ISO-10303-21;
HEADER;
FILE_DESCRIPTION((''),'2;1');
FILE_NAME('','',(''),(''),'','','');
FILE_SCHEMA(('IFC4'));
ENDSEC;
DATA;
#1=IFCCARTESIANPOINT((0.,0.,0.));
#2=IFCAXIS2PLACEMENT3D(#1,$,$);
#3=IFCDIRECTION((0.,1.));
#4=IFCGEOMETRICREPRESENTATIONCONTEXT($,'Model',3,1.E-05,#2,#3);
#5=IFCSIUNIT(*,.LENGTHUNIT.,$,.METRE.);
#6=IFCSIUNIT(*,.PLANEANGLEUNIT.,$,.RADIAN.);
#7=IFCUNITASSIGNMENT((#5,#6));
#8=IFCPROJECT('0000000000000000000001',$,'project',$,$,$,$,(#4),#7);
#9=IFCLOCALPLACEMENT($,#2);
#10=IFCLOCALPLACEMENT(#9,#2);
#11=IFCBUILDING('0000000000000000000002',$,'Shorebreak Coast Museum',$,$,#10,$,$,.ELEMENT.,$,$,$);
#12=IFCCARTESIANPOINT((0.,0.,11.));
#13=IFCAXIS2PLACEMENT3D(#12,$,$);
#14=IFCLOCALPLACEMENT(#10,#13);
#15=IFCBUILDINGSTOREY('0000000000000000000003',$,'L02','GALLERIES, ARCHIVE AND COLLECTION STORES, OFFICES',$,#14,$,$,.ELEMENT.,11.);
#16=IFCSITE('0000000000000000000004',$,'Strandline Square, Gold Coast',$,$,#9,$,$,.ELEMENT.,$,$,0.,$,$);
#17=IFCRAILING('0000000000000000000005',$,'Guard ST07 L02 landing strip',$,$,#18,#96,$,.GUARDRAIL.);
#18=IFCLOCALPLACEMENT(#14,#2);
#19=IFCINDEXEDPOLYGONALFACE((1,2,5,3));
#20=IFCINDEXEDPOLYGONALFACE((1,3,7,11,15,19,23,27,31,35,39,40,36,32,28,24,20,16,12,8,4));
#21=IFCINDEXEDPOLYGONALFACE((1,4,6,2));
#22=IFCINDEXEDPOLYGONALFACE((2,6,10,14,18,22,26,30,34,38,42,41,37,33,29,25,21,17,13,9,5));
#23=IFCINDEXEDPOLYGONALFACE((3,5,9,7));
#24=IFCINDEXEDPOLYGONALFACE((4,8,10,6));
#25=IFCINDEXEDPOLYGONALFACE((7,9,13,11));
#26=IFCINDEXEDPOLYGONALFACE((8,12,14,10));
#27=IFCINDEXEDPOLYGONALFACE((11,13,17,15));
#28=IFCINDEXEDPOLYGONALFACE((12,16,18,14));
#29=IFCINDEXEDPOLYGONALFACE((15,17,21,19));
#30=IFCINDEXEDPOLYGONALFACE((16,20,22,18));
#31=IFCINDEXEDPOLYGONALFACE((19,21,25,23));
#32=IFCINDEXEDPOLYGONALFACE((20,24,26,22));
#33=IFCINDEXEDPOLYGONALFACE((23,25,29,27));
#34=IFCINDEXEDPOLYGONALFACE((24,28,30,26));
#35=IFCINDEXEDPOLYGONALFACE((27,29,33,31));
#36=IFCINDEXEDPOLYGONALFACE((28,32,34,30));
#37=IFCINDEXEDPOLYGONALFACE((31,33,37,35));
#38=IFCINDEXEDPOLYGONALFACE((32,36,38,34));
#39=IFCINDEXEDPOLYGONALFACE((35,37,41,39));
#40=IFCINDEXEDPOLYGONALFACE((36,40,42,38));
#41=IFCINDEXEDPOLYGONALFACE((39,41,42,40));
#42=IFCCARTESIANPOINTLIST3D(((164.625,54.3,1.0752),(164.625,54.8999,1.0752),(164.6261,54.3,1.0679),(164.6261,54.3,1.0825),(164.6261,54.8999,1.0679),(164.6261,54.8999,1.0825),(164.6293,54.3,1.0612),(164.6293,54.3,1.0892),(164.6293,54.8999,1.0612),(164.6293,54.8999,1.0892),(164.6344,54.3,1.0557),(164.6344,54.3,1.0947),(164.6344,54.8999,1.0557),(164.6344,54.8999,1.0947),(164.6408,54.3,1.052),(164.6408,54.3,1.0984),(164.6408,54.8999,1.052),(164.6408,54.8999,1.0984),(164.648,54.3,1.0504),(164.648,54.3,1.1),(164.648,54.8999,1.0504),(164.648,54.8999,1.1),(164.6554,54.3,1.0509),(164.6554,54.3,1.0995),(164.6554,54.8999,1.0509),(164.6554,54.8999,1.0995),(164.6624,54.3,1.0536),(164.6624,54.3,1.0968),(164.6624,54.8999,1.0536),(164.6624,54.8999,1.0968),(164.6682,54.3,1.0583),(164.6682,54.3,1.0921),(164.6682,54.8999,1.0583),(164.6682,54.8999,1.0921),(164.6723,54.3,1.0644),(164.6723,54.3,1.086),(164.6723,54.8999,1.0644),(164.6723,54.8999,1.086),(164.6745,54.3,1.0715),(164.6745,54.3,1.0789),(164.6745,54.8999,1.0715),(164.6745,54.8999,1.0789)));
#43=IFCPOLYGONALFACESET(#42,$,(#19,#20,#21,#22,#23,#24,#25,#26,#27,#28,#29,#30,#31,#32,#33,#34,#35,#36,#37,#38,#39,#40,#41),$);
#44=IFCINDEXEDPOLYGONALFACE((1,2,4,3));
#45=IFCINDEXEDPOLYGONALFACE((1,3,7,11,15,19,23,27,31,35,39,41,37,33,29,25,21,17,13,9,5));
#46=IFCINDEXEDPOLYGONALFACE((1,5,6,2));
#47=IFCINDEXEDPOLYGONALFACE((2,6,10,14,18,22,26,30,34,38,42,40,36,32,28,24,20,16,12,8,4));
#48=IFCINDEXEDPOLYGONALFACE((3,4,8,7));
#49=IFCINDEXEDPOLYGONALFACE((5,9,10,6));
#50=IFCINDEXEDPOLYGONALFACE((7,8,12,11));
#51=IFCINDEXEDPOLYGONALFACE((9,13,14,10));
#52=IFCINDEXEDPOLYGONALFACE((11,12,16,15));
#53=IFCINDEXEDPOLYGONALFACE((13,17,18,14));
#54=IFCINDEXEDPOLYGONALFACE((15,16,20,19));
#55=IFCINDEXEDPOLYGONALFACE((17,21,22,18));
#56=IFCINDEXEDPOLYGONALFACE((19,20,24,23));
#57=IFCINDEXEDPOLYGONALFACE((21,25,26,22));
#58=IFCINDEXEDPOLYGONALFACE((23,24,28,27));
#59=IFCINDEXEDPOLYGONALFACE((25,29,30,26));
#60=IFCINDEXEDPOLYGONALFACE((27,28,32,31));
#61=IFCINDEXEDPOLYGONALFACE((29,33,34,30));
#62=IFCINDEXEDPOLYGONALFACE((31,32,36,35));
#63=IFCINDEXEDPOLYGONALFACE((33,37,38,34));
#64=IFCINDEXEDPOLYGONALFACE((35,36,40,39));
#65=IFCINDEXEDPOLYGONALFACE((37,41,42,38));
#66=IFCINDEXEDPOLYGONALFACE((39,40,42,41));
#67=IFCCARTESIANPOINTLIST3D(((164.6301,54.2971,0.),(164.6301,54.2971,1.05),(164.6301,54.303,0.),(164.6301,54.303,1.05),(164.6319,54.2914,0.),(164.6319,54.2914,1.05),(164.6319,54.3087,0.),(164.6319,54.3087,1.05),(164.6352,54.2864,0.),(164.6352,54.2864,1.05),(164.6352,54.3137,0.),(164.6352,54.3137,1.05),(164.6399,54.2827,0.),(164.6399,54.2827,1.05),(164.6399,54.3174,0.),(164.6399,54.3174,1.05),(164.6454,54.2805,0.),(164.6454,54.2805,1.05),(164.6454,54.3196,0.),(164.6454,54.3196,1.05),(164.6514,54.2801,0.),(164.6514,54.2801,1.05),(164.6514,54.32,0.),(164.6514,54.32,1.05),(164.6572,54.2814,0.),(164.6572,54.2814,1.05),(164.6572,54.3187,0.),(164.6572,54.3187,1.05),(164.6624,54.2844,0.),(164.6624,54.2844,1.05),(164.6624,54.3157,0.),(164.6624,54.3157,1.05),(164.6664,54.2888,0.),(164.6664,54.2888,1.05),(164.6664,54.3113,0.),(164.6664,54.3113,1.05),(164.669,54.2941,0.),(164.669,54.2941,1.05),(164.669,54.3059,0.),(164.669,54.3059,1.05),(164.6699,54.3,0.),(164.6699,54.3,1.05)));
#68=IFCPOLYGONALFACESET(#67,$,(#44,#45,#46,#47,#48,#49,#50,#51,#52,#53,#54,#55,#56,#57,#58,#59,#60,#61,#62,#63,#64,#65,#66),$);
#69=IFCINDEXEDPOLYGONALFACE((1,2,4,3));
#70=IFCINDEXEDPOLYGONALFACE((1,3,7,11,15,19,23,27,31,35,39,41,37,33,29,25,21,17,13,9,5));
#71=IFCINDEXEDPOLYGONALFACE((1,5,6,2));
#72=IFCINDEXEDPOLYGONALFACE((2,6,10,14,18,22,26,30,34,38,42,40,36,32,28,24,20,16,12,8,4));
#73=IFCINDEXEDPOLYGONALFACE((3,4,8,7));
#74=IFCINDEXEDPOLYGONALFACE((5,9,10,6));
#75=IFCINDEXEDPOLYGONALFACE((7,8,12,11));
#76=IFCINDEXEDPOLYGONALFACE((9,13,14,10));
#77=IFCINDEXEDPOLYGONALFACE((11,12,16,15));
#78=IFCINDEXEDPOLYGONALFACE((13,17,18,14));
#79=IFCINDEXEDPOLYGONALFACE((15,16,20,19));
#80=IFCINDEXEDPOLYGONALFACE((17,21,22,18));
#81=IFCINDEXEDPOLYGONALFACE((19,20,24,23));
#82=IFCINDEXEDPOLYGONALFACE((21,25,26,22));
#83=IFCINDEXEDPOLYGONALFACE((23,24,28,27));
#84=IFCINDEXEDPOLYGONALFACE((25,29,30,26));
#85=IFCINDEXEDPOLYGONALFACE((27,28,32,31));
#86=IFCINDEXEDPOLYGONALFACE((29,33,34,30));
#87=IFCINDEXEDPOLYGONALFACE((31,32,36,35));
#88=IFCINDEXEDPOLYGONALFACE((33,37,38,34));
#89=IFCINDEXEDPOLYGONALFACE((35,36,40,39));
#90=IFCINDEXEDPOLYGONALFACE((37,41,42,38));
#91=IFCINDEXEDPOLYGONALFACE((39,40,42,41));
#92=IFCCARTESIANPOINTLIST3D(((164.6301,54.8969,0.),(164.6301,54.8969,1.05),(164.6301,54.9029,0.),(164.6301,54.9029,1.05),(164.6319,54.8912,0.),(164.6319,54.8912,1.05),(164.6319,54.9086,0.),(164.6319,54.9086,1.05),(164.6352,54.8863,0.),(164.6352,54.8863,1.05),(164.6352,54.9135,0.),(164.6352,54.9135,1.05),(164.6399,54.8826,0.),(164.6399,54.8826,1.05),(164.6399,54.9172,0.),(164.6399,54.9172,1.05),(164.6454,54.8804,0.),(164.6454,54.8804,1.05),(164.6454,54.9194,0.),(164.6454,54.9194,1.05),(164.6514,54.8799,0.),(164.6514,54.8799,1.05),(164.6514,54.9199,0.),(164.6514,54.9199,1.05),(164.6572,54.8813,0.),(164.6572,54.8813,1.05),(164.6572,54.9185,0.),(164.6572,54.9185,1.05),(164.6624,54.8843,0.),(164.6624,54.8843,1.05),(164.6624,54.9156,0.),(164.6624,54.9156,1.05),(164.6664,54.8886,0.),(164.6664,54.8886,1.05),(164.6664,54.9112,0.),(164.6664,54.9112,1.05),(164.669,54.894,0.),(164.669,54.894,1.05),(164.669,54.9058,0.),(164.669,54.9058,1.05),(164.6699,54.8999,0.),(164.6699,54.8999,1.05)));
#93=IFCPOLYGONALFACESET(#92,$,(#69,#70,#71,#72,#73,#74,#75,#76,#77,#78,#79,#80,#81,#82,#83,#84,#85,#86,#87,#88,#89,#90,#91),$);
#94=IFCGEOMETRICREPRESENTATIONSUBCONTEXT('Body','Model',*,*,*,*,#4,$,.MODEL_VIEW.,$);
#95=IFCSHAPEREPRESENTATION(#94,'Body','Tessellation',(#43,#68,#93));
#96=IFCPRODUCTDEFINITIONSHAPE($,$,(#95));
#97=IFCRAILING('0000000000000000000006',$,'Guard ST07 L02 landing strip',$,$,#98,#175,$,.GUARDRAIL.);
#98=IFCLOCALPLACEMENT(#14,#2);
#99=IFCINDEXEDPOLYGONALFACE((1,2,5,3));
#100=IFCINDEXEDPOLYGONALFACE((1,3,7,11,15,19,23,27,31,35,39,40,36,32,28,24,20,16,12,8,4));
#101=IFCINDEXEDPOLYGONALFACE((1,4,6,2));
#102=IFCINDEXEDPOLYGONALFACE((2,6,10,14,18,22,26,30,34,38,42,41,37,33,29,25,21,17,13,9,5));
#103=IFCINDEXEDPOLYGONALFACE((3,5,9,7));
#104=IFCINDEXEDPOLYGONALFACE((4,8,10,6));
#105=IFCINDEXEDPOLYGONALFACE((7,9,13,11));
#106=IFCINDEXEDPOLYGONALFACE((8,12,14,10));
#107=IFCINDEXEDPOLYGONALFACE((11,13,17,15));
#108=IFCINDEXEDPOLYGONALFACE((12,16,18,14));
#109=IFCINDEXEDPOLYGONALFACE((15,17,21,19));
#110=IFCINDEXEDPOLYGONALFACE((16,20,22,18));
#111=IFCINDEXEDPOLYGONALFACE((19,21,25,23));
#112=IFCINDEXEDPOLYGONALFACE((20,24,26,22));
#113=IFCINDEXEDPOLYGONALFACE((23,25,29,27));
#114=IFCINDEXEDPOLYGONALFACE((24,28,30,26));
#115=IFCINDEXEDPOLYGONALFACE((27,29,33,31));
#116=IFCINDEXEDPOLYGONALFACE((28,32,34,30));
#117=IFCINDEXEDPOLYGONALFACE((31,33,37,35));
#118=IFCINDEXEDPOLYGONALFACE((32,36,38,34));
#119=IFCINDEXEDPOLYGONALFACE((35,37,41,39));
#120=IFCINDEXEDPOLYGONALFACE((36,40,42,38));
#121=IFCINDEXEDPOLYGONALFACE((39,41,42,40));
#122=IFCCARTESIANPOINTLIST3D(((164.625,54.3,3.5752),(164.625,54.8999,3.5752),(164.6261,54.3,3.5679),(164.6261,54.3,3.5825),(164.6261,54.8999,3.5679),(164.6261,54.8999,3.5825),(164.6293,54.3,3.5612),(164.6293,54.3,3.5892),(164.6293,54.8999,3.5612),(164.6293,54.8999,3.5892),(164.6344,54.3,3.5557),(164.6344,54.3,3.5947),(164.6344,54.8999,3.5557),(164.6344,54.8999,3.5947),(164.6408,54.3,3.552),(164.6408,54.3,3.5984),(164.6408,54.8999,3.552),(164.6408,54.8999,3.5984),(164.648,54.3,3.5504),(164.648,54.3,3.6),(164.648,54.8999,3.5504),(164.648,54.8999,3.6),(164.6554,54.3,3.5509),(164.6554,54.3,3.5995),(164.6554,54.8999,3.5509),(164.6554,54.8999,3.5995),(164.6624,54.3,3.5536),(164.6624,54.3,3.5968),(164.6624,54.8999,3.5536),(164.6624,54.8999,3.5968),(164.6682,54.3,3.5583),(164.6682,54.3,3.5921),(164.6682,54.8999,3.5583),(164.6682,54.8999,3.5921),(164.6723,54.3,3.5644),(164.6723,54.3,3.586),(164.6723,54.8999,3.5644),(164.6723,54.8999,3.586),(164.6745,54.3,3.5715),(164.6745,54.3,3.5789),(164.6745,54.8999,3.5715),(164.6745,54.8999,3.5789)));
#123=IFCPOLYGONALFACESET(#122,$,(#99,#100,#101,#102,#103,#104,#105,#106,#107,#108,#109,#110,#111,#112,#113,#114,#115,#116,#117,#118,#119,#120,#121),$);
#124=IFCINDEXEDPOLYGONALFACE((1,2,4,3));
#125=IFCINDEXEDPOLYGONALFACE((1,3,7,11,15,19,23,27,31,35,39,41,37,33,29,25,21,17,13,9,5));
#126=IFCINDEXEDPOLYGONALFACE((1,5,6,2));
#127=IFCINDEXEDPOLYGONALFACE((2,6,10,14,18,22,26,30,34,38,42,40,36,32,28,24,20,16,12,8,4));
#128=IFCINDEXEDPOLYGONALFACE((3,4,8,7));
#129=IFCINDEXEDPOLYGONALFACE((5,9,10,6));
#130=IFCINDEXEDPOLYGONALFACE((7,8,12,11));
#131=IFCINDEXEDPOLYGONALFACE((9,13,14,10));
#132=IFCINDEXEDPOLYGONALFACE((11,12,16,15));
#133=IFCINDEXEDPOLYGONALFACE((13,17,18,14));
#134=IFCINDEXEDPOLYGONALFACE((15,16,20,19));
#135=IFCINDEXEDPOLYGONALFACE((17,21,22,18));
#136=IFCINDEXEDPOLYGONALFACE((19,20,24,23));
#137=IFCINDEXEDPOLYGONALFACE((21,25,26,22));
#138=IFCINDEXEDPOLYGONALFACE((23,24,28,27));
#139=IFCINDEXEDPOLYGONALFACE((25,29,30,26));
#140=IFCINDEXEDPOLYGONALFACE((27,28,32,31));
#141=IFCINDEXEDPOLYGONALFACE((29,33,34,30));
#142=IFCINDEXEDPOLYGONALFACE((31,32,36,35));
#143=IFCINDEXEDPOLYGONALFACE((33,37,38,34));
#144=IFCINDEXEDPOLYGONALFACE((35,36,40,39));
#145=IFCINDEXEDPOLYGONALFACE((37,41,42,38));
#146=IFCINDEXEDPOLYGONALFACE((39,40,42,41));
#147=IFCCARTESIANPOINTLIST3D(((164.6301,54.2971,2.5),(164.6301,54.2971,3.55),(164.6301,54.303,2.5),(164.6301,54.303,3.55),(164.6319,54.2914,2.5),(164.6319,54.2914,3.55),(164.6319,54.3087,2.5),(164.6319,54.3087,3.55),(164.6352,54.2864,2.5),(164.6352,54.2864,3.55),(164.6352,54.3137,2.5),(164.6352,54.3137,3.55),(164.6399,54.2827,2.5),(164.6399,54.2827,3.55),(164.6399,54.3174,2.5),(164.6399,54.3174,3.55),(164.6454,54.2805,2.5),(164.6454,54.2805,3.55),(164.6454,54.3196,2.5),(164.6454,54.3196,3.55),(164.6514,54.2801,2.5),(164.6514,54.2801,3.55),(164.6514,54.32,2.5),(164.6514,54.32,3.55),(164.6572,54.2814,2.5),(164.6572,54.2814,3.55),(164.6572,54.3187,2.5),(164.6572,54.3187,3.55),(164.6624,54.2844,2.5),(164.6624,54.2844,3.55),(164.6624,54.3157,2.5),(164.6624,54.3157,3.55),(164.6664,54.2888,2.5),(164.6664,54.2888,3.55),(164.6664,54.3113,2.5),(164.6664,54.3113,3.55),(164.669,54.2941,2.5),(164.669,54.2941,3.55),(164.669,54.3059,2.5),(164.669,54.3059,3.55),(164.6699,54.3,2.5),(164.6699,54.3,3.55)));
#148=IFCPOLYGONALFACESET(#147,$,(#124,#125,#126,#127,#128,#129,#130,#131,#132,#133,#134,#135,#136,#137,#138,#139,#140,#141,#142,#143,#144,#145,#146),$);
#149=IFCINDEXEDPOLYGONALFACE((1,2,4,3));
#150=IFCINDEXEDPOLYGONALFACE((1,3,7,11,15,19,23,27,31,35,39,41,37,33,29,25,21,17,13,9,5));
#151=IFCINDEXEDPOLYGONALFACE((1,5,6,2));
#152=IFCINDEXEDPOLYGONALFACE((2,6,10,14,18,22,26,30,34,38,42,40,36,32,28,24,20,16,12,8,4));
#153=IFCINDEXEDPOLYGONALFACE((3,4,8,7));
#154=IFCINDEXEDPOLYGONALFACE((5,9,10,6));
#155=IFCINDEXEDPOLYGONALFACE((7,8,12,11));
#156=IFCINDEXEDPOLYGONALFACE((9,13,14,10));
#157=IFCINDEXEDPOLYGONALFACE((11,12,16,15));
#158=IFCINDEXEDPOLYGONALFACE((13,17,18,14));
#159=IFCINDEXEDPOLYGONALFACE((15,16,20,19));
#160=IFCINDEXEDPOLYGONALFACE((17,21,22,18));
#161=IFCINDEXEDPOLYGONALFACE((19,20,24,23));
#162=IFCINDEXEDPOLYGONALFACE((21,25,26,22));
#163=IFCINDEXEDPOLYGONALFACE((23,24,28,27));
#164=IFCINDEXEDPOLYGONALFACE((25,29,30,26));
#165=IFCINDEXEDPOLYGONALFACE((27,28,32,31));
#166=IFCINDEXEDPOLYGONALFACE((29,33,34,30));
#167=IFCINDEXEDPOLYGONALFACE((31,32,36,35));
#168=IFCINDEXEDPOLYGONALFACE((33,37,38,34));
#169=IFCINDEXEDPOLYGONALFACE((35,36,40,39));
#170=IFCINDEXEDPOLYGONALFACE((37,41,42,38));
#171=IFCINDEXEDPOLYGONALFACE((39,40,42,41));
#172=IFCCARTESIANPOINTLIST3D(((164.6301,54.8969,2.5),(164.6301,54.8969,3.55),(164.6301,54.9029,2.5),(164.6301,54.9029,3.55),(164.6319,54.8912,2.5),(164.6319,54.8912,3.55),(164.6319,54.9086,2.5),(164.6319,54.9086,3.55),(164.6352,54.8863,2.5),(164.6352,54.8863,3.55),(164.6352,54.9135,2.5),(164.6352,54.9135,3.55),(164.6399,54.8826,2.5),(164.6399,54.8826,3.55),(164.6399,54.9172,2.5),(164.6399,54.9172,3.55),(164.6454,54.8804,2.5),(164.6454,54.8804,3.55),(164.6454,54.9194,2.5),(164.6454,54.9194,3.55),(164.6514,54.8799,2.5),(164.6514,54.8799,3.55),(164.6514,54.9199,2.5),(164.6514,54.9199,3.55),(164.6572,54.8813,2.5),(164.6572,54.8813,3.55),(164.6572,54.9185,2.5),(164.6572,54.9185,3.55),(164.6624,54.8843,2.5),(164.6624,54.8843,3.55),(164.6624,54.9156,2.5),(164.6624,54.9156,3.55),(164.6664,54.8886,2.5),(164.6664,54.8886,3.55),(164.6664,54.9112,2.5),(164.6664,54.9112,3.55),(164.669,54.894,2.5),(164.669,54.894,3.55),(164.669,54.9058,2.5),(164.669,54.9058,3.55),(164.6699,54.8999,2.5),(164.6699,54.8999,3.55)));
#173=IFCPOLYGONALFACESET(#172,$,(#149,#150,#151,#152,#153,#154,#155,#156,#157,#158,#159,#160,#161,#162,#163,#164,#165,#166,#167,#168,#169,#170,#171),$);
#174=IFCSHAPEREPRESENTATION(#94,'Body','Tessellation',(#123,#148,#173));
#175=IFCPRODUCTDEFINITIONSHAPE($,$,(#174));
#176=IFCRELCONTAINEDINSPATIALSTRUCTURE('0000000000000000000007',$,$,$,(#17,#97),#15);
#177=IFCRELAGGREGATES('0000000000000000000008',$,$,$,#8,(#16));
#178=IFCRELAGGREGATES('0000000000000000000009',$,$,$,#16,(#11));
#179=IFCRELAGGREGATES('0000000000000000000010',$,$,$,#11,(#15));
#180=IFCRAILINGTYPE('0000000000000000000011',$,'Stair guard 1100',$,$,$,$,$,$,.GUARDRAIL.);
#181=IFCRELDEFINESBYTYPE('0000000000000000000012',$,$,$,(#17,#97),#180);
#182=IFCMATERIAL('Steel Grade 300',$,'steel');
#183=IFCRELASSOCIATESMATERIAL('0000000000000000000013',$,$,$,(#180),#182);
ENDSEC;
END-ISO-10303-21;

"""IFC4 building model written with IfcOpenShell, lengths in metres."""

from ifc_helpers import new_model, si_unit, direction, frame, origin, origin_2d, place, context, subcontext, project, spatial, circle, extrude, material, type_object, element, save


model = new_model("IFC4")

# Units and contexts
model_context = context("Model", 3, precision=1e-05, world=origin(), true_north=direction((0.0, 1.0)))
body_context = subcontext(model_context, "Body", "Model", "MODEL_VIEW")
ifc_project = project(units=[si_unit("LENGTHUNIT", "METRE"), si_unit("PLANEANGLEUNIT", "RADIAN")], contexts=[model_context])

# Site, building, storey
site_placement = place(None, origin())
site = spatial("IfcSite", under=ifc_project, at=site_placement, Name="Strandline Square, Gold Coast", CompositionType="ELEMENT", RefElevation=0.0)
building_placement = place(site_placement, origin())
building = spatial("IfcBuilding", under=site, at=building_placement, Name="Shorebreak Coast Museum", CompositionType="ELEMENT")
storey_placement = place(building_placement, frame((0.0, 0.0, 11.0)))
storey = spatial("IfcBuildingStorey", under=building, at=storey_placement, Name="L02", Description="GALLERIES, ARCHIVE AND COLLECTION STORES, OFFICES", CompositionType="ELEMENT", Elevation=11.0)

# Railings
ifc_material_1 = material(Name="Steel Grade 300", Category="steel")
railing_type_1 = type_object("IfcRailingType", Name="Stair guard 1100", PredefinedType="GUARDRAIL", material=ifc_material_1)
for number, where, name in (
    (1, (164.6499, 54.3, 0.0), "Guard ST07 L02 landing strip"),
    (2, (164.6499, 54.3, 2.5), "Guard ST07 L02 landing strip"),
):
    element("IfcRailing", number, at=place(storey_placement, frame(where)), inside=storey, type_object=railing_type_1, Name=name, PredefinedType="GUARDRAIL", context=body_context, shape_type="SweptSolid", body=[
        extrude(circle(Radius=0.0249, at=origin_2d()), frame((0.0, 0.0, 1.0752), z_axis=(0.0, 1.0, 0.0), x_axis=(-1.0, 0.0, 0.0)), (0.0, 0.0, 1.0), 0.5999),
        extrude(circle(Radius=0.02, at=origin_2d()), origin(), (0.0, 0.0, 1.0), 1.05),
        extrude(circle(Radius=0.02, at=origin_2d()), frame((0.0, 0.5999, 0.0)), (0.0, 0.0, 1.0), 1.05),
    ])

save(model, "model.ifc")
